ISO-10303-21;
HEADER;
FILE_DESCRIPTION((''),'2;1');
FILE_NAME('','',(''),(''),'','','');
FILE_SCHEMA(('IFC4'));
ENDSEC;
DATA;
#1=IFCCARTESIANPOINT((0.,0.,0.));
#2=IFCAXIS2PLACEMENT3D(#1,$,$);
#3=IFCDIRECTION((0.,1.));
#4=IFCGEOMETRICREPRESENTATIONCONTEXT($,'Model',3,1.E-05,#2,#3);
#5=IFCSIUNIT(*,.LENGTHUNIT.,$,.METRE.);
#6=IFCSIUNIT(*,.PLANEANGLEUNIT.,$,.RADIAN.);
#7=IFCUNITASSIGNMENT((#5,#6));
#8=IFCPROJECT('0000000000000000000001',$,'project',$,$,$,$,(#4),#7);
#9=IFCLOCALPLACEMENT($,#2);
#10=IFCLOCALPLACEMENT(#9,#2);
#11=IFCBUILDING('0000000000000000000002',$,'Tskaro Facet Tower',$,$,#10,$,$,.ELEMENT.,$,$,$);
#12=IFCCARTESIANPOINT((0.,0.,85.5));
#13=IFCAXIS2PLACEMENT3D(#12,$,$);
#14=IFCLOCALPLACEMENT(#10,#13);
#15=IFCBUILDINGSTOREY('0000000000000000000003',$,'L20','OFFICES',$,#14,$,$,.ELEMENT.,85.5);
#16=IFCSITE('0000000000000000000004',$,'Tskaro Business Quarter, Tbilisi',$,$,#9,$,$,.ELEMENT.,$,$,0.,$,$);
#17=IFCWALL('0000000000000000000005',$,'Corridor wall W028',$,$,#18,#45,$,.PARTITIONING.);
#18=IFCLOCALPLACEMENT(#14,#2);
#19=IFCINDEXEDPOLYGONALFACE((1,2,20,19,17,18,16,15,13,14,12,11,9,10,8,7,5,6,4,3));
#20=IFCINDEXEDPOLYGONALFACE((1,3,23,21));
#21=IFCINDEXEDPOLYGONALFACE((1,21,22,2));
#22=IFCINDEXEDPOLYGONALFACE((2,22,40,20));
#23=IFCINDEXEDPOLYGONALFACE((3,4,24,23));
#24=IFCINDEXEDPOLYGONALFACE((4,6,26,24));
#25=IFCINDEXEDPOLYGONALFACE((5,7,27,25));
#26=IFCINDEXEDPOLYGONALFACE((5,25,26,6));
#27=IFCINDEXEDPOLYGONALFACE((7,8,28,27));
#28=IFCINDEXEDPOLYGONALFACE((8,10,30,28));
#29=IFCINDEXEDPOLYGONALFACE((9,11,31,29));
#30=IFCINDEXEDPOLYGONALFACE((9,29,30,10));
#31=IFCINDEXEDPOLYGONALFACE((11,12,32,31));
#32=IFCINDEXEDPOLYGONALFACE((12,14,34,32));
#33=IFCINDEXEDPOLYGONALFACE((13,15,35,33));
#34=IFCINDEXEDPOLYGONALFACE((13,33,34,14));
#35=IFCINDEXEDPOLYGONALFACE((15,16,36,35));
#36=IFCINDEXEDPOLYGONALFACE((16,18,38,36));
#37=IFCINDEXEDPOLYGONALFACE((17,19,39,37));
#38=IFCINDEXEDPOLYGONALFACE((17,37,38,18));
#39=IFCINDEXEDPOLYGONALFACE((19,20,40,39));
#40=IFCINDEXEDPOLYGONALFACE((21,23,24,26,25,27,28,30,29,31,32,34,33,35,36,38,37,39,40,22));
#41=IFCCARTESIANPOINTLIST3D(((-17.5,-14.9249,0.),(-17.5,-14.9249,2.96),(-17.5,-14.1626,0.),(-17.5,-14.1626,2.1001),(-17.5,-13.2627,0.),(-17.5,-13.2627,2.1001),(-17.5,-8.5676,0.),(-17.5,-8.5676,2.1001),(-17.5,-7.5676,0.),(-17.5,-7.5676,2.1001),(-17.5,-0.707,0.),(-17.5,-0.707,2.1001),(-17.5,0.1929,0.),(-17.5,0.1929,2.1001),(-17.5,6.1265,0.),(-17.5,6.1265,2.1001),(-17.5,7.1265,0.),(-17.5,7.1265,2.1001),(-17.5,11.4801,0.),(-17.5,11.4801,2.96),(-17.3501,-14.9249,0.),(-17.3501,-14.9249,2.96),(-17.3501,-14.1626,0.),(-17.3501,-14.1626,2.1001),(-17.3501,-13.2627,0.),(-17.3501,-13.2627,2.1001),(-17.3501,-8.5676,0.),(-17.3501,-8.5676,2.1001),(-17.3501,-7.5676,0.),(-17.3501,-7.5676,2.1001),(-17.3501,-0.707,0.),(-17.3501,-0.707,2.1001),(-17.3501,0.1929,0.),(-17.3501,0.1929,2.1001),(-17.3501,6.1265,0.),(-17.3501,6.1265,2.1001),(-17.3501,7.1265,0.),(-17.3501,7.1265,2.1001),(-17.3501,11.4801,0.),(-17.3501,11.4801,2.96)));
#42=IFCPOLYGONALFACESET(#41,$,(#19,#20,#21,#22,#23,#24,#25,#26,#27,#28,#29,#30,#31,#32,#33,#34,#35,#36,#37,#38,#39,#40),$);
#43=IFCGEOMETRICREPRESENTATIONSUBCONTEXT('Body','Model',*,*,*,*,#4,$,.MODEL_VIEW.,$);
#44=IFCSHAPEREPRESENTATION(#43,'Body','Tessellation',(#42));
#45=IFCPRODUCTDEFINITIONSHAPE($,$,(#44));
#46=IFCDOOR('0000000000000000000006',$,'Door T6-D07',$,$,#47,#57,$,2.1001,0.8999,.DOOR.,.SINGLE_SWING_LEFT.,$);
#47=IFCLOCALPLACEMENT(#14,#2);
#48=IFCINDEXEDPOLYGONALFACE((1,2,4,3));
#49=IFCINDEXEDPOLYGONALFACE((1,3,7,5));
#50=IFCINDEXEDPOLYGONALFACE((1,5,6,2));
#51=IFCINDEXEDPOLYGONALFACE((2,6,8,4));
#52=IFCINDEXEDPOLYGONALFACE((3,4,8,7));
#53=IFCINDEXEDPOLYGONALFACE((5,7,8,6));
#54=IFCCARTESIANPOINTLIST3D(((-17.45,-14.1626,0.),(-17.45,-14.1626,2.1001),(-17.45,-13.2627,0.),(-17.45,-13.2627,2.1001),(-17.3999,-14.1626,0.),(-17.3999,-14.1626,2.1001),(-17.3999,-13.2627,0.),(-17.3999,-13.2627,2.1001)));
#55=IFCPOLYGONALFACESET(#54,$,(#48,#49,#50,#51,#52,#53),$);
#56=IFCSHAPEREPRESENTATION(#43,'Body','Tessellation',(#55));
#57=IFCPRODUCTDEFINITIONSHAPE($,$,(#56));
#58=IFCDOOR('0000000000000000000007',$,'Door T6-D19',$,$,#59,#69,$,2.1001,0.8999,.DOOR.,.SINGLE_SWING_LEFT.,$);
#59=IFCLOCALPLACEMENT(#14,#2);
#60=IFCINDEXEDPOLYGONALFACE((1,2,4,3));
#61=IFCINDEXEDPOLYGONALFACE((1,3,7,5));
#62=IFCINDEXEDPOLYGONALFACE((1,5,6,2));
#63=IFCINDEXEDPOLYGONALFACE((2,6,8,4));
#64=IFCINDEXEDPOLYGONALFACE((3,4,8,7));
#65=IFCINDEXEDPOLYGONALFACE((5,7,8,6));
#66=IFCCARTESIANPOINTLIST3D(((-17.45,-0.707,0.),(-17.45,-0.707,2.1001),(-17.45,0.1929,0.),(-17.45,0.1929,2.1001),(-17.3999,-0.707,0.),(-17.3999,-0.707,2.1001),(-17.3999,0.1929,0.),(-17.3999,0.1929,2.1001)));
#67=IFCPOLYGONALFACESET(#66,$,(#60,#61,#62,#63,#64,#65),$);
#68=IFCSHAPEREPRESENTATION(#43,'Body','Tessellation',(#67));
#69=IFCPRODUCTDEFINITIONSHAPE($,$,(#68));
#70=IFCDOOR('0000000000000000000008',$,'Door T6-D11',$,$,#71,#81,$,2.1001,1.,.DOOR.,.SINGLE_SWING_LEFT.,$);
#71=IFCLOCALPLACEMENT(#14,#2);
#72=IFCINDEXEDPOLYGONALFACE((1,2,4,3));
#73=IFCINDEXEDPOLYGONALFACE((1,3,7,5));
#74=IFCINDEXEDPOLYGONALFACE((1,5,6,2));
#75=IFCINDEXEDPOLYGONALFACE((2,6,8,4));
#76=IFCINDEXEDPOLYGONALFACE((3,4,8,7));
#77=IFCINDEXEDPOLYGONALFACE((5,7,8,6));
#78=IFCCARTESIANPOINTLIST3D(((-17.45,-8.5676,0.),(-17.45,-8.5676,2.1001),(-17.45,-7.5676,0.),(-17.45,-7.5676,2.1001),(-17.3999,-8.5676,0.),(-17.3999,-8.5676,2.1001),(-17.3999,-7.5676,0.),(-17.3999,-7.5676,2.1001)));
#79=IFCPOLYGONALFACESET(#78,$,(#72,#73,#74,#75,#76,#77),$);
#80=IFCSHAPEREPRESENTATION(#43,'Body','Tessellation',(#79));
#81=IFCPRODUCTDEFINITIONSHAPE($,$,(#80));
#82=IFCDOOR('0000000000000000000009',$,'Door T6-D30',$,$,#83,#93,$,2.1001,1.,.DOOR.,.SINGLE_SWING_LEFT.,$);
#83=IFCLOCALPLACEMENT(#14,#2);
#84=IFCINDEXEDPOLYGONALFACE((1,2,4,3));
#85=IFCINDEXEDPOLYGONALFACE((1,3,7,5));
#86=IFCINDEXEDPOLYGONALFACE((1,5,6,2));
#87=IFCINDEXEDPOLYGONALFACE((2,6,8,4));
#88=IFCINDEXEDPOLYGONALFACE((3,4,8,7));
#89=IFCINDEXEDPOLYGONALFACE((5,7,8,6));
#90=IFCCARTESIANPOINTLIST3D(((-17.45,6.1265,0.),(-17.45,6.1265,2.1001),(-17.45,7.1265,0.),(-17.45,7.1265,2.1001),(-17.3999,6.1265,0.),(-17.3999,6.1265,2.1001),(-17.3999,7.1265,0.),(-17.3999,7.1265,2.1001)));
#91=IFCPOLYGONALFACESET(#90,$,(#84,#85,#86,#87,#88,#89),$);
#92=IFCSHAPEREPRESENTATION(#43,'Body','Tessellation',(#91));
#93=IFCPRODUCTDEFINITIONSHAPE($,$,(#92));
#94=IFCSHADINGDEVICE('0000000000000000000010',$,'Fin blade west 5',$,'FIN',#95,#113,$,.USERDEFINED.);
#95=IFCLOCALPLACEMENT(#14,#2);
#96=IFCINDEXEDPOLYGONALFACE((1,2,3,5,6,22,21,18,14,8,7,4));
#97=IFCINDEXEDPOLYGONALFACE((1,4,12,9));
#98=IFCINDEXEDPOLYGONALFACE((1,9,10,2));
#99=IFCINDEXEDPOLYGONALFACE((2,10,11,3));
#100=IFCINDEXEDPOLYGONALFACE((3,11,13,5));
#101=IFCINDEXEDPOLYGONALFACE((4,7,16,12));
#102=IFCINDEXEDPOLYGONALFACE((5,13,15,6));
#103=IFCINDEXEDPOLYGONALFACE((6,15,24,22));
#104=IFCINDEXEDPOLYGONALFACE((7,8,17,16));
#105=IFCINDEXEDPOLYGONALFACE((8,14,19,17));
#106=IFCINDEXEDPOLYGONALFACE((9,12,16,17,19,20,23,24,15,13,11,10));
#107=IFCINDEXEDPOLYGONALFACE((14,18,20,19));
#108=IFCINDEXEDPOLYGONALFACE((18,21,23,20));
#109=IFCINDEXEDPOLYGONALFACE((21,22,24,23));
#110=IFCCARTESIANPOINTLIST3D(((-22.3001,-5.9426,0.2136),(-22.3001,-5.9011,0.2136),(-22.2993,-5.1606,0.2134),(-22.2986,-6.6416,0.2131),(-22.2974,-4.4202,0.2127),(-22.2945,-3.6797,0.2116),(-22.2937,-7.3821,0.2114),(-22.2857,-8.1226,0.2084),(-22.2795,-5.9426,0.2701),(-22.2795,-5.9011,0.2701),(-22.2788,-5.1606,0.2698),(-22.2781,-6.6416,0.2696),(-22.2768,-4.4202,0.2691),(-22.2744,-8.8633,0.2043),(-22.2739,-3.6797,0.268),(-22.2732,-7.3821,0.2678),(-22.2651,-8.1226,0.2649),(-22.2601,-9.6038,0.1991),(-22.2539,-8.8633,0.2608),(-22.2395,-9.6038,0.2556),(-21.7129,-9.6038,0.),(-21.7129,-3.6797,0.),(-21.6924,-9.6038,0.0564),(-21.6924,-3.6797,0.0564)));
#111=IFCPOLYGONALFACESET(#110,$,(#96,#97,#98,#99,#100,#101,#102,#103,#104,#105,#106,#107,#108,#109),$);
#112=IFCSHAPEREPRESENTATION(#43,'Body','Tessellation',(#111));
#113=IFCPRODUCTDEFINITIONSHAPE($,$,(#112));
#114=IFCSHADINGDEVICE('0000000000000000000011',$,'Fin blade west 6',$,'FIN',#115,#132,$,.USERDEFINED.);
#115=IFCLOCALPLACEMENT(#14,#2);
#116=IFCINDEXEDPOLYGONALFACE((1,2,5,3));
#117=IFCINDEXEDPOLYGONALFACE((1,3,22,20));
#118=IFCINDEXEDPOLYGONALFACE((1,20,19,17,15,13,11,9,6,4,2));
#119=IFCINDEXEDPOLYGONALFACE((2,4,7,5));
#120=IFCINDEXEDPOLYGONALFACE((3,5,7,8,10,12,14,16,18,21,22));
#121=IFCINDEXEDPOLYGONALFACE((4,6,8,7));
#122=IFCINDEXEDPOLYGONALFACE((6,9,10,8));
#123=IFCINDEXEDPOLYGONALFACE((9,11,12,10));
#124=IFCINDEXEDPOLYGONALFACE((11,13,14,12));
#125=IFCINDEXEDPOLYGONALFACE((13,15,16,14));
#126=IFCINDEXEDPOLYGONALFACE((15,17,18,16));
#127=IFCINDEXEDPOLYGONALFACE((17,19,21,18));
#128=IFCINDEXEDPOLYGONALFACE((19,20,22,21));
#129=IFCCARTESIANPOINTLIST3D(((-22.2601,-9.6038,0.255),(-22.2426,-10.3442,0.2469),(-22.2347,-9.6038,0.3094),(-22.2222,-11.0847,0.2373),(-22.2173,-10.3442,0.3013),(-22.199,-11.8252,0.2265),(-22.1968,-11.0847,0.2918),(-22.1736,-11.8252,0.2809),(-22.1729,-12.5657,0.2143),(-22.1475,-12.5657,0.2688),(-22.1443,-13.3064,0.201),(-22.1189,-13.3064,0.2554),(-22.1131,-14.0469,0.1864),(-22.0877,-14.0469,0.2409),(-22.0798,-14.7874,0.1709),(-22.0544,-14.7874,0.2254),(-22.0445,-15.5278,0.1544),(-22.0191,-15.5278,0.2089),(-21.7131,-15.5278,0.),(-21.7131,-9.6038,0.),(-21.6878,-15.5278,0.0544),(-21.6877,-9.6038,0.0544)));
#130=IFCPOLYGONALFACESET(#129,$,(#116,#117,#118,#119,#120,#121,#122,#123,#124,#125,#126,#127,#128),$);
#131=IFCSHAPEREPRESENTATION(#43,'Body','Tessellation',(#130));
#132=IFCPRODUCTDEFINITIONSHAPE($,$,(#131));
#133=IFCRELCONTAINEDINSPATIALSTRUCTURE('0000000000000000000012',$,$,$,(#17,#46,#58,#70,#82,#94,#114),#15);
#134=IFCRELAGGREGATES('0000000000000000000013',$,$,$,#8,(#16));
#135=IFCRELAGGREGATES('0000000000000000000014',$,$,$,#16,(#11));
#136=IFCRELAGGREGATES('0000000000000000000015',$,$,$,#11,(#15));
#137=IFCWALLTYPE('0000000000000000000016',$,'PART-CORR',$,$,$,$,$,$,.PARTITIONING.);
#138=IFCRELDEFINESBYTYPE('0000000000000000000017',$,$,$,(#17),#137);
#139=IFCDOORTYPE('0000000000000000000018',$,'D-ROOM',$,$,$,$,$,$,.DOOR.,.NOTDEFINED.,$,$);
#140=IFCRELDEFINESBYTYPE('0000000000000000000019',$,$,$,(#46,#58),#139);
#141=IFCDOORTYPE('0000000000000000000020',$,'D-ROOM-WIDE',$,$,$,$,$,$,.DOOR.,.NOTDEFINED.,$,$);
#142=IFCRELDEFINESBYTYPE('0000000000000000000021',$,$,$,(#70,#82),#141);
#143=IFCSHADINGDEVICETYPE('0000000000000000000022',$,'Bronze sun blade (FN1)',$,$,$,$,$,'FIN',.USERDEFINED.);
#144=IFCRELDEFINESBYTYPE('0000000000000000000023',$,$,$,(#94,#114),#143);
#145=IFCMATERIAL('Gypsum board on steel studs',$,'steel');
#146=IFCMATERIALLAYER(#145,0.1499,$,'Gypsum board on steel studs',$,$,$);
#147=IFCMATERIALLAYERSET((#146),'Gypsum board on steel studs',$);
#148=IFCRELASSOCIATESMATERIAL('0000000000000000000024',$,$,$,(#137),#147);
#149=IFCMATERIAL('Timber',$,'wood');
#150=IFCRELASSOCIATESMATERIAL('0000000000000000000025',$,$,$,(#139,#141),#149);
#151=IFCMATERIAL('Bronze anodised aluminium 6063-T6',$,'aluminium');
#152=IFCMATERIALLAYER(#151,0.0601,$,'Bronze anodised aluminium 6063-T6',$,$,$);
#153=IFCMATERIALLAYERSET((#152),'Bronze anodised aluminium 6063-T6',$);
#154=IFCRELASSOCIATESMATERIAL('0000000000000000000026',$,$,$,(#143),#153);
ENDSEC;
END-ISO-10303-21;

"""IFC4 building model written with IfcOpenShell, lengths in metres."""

from ifc_helpers import new_model, si_unit, direction, frame, frame_2d, origin, place, context, subcontext, project, spatial, polyline, rectangle, outline, extrude, material, layer, layer_set, type_object, element, fill, save


model = new_model("IFC4")

# Units and contexts
model_context = context("Model", 3, precision=1e-05, world=origin(), true_north=direction((0.0, 1.0)))
body_context = subcontext(model_context, "Body", "Model", "MODEL_VIEW")
ifc_project = project(units=[si_unit("LENGTHUNIT", "METRE"), si_unit("PLANEANGLEUNIT", "RADIAN")], contexts=[model_context])

# Site, building, storey
site_placement = place(None, origin())
site = spatial("IfcSite", under=ifc_project, at=site_placement, Name="Tskaro Business Quarter, Tbilisi", CompositionType="ELEMENT", RefElevation=0.0)
building_placement = place(site_placement, origin())
building = spatial("IfcBuilding", under=site, at=building_placement, Name="Tskaro Facet Tower", CompositionType="ELEMENT")
storey_placement = place(building_placement, frame((0.0, 0.0, 85.5)))
storey = spatial("IfcBuildingStorey", under=building, at=storey_placement, Name="L20", Description="OFFICES", CompositionType="ELEMENT", Elevation=85.5)

# Shared definitions
ifc_material_1 = material(Name="Bronze anodised aluminium 6063-T6", Category="aluminium")

# Shared definitions
ifc_material_2 = material(Name="Gypsum board on steel studs", Category="steel")

# Wall, openings, doors
ifc_layer_1 = layer(ifc_material_2, 0.1499, Name="Gypsum board on steel studs")
ifc_layer_set_1 = layer_set([ifc_layer_1], Name="Gypsum board on steel studs")
wall_type_1 = type_object("IfcWallType", Name="PART-CORR", PredefinedType="PARTITIONING", material=ifc_layer_set_1)
wall_1_placement = place(storey_placement, frame((-17.425, -14.925, 0.0), z_axis=(0.0, 0.0, 1.0), x_axis=(0.0, 1.0, 0.0)))
wall_1 = element("IfcWall", 1, at=wall_1_placement, inside=storey, type_object=wall_type_1, Name="Corridor wall W028", PredefinedType="PARTITIONING", context=body_context, shape_type="SweptSolid", body=[
    extrude(rectangle(XDim=26.405, YDim=0.1499, at=frame_2d((13.2026, 0.0))), origin(), (0.0, 0.0, 1.0), 2.96),
])
opening_1_placement = place(wall_1_placement, frame((0.7625, 0.0, 0.0)))
opening_1 = element("IfcOpeningElement", 2, at=opening_1_placement, cuts=wall_1, PredefinedType="OPENING", context=body_context, shape_type="SweptSolid", body=[
    extrude(rectangle(XDim=0.8999, YDim=2.1001, at=frame_2d((0.45, 1.05))), frame((0.0, 0.085, 0.0), z_axis=(0.0, -1.0, 0.0), x_axis=(1.0, 0.0, 0.0)), (0.0, 0.0, 1.0), 0.1699),
])
opening_2_placement = place(wall_1_placement, frame((6.3574, 0.0, 0.0)))
opening_2 = element("IfcOpeningElement", 3, at=opening_2_placement, cuts=wall_1, PredefinedType="OPENING", context=body_context, shape_type="SweptSolid", body=[
    extrude(rectangle(XDim=1.0, YDim=2.1001, at=frame_2d((0.5, 1.05))), frame((0.0, 0.085, 0.0), z_axis=(0.0, -1.0, 0.0), x_axis=(1.0, 0.0, 0.0)), (0.0, 0.0, 1.0), 0.1699),
])
opening_3_placement = place(wall_1_placement, frame((14.218, 0.0, 0.0)))
opening_3 = element("IfcOpeningElement", 4, at=opening_3_placement, cuts=wall_1, PredefinedType="OPENING", context=body_context, shape_type="SweptSolid", body=[
    extrude(rectangle(XDim=0.8999, YDim=2.1001, at=frame_2d((0.45, 1.05))), frame((0.0, 0.085, 0.0), z_axis=(0.0, -1.0, 0.0), x_axis=(1.0, 0.0, 0.0)), (0.0, 0.0, 1.0), 0.1699),
])
opening_4_placement = place(wall_1_placement, frame((21.0515, 0.0, 0.0)))
opening_4 = element("IfcOpeningElement", 5, at=opening_4_placement, cuts=wall_1, PredefinedType="OPENING", context=body_context, shape_type="SweptSolid", body=[
    extrude(rectangle(XDim=1.0, YDim=2.1001, at=frame_2d((0.5, 1.05))), frame((0.0, 0.085, 0.0), z_axis=(0.0, -1.0, 0.0), x_axis=(1.0, 0.0, 0.0)), (0.0, 0.0, 1.0), 0.1699),
])
ifc_material_3 = material(Name="Timber", Category="wood")
door_type_1 = type_object("IfcDoorType", Name="D-ROOM", OperationType="NOTDEFINED", PredefinedType="DOOR", material=ifc_material_3)
door_1_placement = place(opening_1_placement, origin())
door_1 = element("IfcDoor", 6, at=door_1_placement, inside=storey, type_object=door_type_1, Name="Door T6-D07", OperationType="SINGLE_SWING_LEFT", OverallHeight=2.1001, OverallWidth=0.8999, PredefinedType="DOOR", context=body_context, shape_type="SweptSolid", body=[
    extrude(rectangle(XDim=0.8999, YDim=2.1001, at=frame_2d((0.45, 1.05))), frame((0.0, 0.0249, 0.0), z_axis=(0.0, -1.0, 0.0), x_axis=(1.0, 0.0, 0.0)), (0.0, 0.0, 1.0), 0.05),
])
fill(opening_1, door_1)
door_2_placement = place(opening_3_placement, origin())
door_2 = element("IfcDoor", 7, at=door_2_placement, inside=storey, type_object=door_type_1, Name="Door T6-D19", OperationType="SINGLE_SWING_LEFT", OverallHeight=2.1001, OverallWidth=0.8999, PredefinedType="DOOR", context=body_context, shape_type="SweptSolid", body=[
    extrude(rectangle(XDim=0.8999, YDim=2.1001, at=frame_2d((0.45, 1.05))), frame((0.0, 0.0249, 0.0), z_axis=(0.0, -1.0, 0.0), x_axis=(1.0, 0.0, 0.0)), (0.0, 0.0, 1.0), 0.05),
])
fill(opening_3, door_2)
door_type_2 = type_object("IfcDoorType", Name="D-ROOM-WIDE", OperationType="NOTDEFINED", PredefinedType="DOOR", material=ifc_material_3)
door_3_placement = place(opening_2_placement, origin())
door_3 = element("IfcDoor", 8, at=door_3_placement, inside=storey, type_object=door_type_2, Name="Door T6-D11", OperationType="SINGLE_SWING_LEFT", OverallHeight=2.1001, OverallWidth=1.0, PredefinedType="DOOR", context=body_context, shape_type="SweptSolid", body=[
    extrude(rectangle(XDim=1.0, YDim=2.1001, at=frame_2d((0.5, 1.05))), frame((0.0, 0.0249, 0.0), z_axis=(0.0, -1.0, 0.0), x_axis=(1.0, 0.0, 0.0)), (0.0, 0.0, 1.0), 0.05),
])
fill(opening_2, door_3)
door_4_placement = place(opening_4_placement, origin())
door_4 = element("IfcDoor", 9, at=door_4_placement, inside=storey, type_object=door_type_2, Name="Door T6-D30", OperationType="SINGLE_SWING_LEFT", OverallHeight=2.1001, OverallWidth=1.0, PredefinedType="DOOR", context=body_context, shape_type="SweptSolid", body=[
    extrude(rectangle(XDim=1.0, YDim=2.1001, at=frame_2d((0.5, 1.05))), frame((0.0, 0.0249, 0.0), z_axis=(0.0, -1.0, 0.0), x_axis=(1.0, 0.0, 0.0)), (0.0, 0.0, 1.0), 0.05),
])
fill(opening_4, door_4)

# Shading devices
ifc_layer_2 = layer(ifc_material_1, 0.0601, Name="Bronze anodised aluminium 6063-T6")
ifc_layer_set_2 = layer_set([ifc_layer_2], Name="Bronze anodised aluminium 6063-T6")
shading_device_type = type_object("IfcShadingDeviceType", Name="Bronze sun blade (FN1)", ElementType="FIN", PredefinedType="USERDEFINED", material=ifc_layer_set_2)
shading_device_1_placement = place(storey_placement, frame((-21.6924, -3.6797, 0.0564), z_axis=(0.341984, 0.000006, 0.939706), x_axis=(0.000002, -1.0, 0.000006)))
element("IfcShadingDevice", 10, at=shading_device_1_placement, inside=storey, type_object=shading_device_type, Name="Fin blade west 5", ObjectType="FIN", PredefinedType="USERDEFINED", context=body_context, shape_type="SweptSolid", body=[
    extrude(outline(polyline([(0.0, 0.0), (5.9241, 0.0), (5.9241, -0.5823), (5.1836, -0.5975), (4.4429, -0.6095), (3.7024, -0.6181), (2.9619, -0.6233), (2.2629, -0.6248), (2.2214, -0.6248), (1.481, -0.624), (0.7405, -0.622), (0.0, -0.6189), (0.0, 0.0)])), origin(), (0.0, 0.0, -1.0), 0.0601),
])
shading_device_2_placement = place(storey_placement, frame((-21.6877, -9.6038, 0.0544), z_axis=(0.422566, -0.00001, 0.906332), x_axis=(-0.000004, -1.0, -0.000009)))
element("IfcShadingDevice", 11, at=shading_device_2_placement, inside=storey, type_object=shading_device_type, Name="Fin blade west 6", ObjectType="FIN", PredefinedType="USERDEFINED", context=body_context, shape_type="SweptSolid", body=[
    extrude(outline(polyline([(0.0, 0.0), (5.9241, 0.0), (5.9241, -0.3656), (5.1836, -0.4046), (4.4431, -0.4413), (3.7026, -0.4757), (2.9619, -0.5072), (2.2214, -0.5361), (1.481, -0.5616), (0.7405, -0.5842), (0.0, -0.6035), (0.0, 0.0)])), origin(), (0.0, 0.0, -1.0), 0.0601),
])

save(model, "model.ifc")
